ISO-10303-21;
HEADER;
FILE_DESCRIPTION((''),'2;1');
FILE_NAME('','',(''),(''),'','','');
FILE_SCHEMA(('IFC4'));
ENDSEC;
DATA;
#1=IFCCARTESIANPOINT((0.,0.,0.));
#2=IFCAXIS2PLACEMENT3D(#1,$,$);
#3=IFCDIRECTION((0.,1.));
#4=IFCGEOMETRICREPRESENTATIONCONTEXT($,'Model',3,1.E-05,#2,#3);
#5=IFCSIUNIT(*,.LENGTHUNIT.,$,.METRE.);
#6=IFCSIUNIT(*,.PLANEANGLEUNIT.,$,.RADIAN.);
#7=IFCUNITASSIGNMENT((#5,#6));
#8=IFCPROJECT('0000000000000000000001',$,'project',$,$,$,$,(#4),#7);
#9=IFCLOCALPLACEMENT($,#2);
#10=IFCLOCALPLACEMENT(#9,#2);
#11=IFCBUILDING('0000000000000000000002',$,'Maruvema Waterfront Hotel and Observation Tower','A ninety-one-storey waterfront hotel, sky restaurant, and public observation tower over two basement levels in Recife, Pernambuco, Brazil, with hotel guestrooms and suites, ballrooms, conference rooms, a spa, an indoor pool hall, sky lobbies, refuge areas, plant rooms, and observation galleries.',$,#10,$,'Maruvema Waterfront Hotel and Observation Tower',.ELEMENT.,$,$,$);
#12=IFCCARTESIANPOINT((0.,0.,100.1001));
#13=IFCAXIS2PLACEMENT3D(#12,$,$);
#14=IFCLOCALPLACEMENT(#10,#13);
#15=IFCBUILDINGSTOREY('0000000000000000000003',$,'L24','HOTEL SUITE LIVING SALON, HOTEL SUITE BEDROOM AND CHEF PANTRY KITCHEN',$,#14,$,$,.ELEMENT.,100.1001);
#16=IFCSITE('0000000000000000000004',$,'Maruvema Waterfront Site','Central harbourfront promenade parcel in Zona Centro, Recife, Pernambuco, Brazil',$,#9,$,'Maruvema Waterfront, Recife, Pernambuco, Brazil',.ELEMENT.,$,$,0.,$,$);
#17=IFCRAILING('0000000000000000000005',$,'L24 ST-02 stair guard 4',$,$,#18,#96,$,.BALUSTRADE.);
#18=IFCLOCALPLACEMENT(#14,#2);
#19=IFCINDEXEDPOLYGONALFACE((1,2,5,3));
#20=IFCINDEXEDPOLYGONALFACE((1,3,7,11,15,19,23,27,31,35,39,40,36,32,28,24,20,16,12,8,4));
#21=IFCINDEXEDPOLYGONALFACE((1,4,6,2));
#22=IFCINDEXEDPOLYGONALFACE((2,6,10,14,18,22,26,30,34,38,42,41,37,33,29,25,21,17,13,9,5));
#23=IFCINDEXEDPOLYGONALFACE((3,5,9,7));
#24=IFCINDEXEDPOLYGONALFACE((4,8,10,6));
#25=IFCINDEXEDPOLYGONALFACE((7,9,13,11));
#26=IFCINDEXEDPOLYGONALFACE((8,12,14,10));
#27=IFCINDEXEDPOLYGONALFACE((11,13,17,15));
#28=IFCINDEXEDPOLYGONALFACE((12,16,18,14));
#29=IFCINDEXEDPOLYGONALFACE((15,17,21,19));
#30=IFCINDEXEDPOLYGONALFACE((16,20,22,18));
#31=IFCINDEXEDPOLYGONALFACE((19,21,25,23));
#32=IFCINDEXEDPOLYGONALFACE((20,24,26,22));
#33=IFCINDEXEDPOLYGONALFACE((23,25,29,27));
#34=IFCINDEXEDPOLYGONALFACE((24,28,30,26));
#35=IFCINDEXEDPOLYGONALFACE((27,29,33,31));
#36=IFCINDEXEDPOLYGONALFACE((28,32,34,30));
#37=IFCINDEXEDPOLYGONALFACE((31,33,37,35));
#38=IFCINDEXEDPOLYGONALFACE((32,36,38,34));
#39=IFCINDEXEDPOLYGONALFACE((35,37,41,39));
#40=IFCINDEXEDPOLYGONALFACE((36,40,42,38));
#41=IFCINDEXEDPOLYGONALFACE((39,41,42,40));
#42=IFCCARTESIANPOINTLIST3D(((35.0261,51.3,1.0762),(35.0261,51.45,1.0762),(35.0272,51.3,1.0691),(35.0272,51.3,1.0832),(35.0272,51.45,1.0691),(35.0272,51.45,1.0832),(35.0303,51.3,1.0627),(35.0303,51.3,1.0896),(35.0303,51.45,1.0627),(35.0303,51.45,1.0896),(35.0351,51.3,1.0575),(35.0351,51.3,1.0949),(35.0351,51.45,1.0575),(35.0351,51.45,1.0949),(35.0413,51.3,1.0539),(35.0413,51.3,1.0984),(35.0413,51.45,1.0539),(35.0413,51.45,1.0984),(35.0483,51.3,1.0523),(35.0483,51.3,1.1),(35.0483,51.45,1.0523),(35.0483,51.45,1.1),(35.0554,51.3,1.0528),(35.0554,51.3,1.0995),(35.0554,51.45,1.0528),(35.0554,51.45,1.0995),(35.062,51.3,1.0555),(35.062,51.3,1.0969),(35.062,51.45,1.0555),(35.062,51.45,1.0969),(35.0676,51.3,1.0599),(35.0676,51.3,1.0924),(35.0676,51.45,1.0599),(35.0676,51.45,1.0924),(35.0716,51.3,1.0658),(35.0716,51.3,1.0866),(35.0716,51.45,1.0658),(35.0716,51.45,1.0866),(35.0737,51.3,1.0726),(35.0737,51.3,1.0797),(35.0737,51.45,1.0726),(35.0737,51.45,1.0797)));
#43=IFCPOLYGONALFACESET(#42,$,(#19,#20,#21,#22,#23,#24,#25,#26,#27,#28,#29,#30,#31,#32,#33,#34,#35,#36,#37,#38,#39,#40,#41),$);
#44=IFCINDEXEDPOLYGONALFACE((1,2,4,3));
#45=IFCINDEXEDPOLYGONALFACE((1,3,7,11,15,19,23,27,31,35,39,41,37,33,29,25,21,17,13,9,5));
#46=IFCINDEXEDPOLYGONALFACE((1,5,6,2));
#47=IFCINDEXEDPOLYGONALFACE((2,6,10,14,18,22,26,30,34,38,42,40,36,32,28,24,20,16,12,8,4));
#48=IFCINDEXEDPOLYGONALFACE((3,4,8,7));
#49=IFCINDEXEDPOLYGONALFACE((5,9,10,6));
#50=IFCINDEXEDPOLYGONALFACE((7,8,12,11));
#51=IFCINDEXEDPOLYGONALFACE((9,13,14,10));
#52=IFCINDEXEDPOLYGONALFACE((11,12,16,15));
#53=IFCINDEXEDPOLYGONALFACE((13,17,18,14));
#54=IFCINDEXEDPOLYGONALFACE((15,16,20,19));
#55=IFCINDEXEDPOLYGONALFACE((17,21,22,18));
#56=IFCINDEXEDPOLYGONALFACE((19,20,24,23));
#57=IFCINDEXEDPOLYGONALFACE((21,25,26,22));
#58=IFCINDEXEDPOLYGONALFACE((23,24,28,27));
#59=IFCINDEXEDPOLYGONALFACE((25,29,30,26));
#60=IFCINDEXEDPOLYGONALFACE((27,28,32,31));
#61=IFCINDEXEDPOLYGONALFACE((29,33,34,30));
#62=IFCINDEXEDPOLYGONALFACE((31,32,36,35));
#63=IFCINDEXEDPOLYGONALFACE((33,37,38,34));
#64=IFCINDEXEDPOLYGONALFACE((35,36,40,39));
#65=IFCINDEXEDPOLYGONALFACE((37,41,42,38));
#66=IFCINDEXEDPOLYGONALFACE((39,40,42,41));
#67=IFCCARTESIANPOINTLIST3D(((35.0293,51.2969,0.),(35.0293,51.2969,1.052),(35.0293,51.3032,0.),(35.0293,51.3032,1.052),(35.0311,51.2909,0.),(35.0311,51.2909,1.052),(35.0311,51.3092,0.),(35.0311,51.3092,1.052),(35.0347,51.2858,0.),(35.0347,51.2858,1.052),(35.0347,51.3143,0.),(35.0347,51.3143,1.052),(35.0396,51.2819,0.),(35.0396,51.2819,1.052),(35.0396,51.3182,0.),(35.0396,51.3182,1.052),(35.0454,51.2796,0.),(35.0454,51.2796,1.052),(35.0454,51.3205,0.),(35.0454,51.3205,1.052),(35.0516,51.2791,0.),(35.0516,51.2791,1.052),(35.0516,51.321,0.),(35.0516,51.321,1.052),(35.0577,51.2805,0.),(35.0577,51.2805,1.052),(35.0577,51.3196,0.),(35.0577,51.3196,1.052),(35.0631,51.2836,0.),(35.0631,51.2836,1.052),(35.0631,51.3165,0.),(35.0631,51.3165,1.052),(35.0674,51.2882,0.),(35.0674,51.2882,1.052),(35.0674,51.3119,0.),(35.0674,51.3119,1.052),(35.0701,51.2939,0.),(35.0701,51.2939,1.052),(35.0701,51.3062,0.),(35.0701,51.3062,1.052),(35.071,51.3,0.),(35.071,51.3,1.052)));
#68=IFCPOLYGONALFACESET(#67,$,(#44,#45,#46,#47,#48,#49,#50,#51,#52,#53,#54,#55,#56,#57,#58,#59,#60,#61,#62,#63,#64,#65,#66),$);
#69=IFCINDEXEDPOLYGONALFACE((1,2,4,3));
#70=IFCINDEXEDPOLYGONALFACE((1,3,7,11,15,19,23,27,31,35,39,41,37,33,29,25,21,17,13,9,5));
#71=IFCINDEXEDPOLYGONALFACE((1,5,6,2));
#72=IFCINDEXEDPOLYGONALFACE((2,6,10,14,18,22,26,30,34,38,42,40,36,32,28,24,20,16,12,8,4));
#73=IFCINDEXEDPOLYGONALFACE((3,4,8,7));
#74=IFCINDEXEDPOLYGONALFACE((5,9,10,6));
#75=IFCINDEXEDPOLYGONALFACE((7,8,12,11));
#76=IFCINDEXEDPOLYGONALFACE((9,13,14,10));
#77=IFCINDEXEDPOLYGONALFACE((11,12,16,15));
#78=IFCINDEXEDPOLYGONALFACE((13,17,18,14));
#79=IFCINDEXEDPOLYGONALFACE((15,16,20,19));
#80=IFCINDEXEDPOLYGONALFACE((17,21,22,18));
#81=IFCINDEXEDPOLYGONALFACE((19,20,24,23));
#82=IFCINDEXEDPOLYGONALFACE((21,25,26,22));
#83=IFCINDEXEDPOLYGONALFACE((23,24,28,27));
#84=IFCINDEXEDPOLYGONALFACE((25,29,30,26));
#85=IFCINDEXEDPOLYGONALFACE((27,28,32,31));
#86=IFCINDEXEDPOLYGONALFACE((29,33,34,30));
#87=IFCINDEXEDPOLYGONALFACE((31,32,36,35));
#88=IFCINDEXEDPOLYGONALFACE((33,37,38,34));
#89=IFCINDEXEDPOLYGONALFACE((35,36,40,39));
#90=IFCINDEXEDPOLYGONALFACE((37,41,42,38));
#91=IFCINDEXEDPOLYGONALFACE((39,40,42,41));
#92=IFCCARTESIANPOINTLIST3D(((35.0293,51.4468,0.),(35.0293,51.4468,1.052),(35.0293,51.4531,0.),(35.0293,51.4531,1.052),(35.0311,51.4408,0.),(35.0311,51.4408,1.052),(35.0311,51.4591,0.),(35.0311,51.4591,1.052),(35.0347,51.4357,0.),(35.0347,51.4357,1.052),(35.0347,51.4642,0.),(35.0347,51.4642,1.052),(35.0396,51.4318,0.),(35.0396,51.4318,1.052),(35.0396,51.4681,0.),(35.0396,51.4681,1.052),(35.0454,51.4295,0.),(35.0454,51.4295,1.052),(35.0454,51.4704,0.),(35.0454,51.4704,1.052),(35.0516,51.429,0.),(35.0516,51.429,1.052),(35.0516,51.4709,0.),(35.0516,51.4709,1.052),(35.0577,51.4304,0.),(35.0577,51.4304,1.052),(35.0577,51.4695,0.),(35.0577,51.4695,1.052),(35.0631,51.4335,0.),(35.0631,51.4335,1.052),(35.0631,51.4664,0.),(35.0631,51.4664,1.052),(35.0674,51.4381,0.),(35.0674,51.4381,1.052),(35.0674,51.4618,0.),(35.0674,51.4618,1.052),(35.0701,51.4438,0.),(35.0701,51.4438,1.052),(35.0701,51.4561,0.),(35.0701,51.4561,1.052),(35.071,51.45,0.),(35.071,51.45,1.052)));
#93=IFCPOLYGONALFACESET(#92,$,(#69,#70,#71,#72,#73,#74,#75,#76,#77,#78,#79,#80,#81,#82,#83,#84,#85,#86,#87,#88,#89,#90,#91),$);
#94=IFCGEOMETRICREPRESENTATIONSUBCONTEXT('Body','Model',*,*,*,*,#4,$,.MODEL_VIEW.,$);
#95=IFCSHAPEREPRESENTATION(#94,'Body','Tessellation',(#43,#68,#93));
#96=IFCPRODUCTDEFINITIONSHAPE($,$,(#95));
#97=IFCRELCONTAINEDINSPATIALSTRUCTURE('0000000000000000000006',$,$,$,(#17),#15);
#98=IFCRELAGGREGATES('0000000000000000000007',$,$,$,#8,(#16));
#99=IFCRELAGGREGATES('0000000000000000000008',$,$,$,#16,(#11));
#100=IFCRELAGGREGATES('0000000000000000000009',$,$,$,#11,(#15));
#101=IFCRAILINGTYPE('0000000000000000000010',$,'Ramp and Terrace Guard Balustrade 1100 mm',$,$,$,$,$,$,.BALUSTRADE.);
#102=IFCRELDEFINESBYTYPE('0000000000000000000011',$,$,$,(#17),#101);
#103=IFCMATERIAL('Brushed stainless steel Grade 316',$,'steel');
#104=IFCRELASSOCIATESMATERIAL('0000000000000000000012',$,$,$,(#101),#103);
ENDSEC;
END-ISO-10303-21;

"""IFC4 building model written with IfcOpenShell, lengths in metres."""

from ifc_helpers import new_model, si_unit, direction, frame, origin, origin_2d, place, context, subcontext, project, spatial, circle, extrude, material, type_object, element, save


model = new_model("IFC4")

# Units and contexts
model_context = context("Model", 3, precision=1e-05, world=origin(), true_north=direction((0.0, 1.0)))
body_context = subcontext(model_context, "Body", "Model", "MODEL_VIEW")
ifc_project = project(units=[si_unit("LENGTHUNIT", "METRE"), si_unit("PLANEANGLEUNIT", "RADIAN")], contexts=[model_context])

# Site, building, storey
site_placement = place(None, origin())
site = spatial("IfcSite", under=ifc_project, at=site_placement, Name="Maruvema Waterfront Site", Description="Central harbourfront promenade parcel in Zona Centro, Recife, Pernambuco, Brazil", LongName="Maruvema Waterfront, Recife, Pernambuco, Brazil", CompositionType="ELEMENT", RefElevation=0.0)
building_placement = place(site_placement, origin())
building = spatial("IfcBuilding", under=site, at=building_placement, Name="Maruvema Waterfront Hotel and Observation Tower", Description="A ninety-one-storey waterfront hotel, sky restaurant, and public observation tower over two basement levels in Recife, Pernambuco, Brazil, with hotel guestrooms and suites, ballrooms, conference rooms, a spa, an indoor pool hall, sky lobbies, refuge areas, plant rooms, and observation galleries.", LongName="Maruvema Waterfront Hotel and Observation Tower", CompositionType="ELEMENT")
storey_placement = place(building_placement, frame((0.0, 0.0, 100.1001)))
storey = spatial("IfcBuildingStorey", under=building, at=storey_placement, Name="L24", Description="HOTEL SUITE LIVING SALON, HOTEL SUITE BEDROOM AND CHEF PANTRY KITCHEN", CompositionType="ELEMENT", Elevation=100.1001)

# Railing
ifc_material_1 = material(Name="Brushed stainless steel Grade 316", Category="steel")
railing_type_1 = type_object("IfcRailingType", Name="Ramp and Terrace Guard Balustrade 1100 mm", PredefinedType="BALUSTRADE", material=ifc_material_1)
railing_1_placement = place(storey_placement, frame((35.05, 51.3, 0.0)))
element("IfcRailing", 1, at=railing_1_placement, inside=storey, type_object=railing_type_1, Name="L24 ST-02 stair guard 4", PredefinedType="BALUSTRADE", context=body_context, shape_type="SweptSolid", body=[
    extrude(circle(Radius=0.0239, at=origin_2d()), frame((0.0, 0.0, 1.0762), z_axis=(0.0, 1.0, 0.0), x_axis=(-1.0, 0.0, 0.0)), (0.0, 0.0, 1.0), 0.1499),
    extrude(circle(Radius=0.021, at=origin_2d()), origin(), (0.0, 0.0, 1.0), 1.052),
    extrude(circle(Radius=0.021, at=origin_2d()), frame((0.0, 0.1499, 0.0)), (0.0, 0.0, 1.0), 1.052),
])

save(model, "model.ifc")
